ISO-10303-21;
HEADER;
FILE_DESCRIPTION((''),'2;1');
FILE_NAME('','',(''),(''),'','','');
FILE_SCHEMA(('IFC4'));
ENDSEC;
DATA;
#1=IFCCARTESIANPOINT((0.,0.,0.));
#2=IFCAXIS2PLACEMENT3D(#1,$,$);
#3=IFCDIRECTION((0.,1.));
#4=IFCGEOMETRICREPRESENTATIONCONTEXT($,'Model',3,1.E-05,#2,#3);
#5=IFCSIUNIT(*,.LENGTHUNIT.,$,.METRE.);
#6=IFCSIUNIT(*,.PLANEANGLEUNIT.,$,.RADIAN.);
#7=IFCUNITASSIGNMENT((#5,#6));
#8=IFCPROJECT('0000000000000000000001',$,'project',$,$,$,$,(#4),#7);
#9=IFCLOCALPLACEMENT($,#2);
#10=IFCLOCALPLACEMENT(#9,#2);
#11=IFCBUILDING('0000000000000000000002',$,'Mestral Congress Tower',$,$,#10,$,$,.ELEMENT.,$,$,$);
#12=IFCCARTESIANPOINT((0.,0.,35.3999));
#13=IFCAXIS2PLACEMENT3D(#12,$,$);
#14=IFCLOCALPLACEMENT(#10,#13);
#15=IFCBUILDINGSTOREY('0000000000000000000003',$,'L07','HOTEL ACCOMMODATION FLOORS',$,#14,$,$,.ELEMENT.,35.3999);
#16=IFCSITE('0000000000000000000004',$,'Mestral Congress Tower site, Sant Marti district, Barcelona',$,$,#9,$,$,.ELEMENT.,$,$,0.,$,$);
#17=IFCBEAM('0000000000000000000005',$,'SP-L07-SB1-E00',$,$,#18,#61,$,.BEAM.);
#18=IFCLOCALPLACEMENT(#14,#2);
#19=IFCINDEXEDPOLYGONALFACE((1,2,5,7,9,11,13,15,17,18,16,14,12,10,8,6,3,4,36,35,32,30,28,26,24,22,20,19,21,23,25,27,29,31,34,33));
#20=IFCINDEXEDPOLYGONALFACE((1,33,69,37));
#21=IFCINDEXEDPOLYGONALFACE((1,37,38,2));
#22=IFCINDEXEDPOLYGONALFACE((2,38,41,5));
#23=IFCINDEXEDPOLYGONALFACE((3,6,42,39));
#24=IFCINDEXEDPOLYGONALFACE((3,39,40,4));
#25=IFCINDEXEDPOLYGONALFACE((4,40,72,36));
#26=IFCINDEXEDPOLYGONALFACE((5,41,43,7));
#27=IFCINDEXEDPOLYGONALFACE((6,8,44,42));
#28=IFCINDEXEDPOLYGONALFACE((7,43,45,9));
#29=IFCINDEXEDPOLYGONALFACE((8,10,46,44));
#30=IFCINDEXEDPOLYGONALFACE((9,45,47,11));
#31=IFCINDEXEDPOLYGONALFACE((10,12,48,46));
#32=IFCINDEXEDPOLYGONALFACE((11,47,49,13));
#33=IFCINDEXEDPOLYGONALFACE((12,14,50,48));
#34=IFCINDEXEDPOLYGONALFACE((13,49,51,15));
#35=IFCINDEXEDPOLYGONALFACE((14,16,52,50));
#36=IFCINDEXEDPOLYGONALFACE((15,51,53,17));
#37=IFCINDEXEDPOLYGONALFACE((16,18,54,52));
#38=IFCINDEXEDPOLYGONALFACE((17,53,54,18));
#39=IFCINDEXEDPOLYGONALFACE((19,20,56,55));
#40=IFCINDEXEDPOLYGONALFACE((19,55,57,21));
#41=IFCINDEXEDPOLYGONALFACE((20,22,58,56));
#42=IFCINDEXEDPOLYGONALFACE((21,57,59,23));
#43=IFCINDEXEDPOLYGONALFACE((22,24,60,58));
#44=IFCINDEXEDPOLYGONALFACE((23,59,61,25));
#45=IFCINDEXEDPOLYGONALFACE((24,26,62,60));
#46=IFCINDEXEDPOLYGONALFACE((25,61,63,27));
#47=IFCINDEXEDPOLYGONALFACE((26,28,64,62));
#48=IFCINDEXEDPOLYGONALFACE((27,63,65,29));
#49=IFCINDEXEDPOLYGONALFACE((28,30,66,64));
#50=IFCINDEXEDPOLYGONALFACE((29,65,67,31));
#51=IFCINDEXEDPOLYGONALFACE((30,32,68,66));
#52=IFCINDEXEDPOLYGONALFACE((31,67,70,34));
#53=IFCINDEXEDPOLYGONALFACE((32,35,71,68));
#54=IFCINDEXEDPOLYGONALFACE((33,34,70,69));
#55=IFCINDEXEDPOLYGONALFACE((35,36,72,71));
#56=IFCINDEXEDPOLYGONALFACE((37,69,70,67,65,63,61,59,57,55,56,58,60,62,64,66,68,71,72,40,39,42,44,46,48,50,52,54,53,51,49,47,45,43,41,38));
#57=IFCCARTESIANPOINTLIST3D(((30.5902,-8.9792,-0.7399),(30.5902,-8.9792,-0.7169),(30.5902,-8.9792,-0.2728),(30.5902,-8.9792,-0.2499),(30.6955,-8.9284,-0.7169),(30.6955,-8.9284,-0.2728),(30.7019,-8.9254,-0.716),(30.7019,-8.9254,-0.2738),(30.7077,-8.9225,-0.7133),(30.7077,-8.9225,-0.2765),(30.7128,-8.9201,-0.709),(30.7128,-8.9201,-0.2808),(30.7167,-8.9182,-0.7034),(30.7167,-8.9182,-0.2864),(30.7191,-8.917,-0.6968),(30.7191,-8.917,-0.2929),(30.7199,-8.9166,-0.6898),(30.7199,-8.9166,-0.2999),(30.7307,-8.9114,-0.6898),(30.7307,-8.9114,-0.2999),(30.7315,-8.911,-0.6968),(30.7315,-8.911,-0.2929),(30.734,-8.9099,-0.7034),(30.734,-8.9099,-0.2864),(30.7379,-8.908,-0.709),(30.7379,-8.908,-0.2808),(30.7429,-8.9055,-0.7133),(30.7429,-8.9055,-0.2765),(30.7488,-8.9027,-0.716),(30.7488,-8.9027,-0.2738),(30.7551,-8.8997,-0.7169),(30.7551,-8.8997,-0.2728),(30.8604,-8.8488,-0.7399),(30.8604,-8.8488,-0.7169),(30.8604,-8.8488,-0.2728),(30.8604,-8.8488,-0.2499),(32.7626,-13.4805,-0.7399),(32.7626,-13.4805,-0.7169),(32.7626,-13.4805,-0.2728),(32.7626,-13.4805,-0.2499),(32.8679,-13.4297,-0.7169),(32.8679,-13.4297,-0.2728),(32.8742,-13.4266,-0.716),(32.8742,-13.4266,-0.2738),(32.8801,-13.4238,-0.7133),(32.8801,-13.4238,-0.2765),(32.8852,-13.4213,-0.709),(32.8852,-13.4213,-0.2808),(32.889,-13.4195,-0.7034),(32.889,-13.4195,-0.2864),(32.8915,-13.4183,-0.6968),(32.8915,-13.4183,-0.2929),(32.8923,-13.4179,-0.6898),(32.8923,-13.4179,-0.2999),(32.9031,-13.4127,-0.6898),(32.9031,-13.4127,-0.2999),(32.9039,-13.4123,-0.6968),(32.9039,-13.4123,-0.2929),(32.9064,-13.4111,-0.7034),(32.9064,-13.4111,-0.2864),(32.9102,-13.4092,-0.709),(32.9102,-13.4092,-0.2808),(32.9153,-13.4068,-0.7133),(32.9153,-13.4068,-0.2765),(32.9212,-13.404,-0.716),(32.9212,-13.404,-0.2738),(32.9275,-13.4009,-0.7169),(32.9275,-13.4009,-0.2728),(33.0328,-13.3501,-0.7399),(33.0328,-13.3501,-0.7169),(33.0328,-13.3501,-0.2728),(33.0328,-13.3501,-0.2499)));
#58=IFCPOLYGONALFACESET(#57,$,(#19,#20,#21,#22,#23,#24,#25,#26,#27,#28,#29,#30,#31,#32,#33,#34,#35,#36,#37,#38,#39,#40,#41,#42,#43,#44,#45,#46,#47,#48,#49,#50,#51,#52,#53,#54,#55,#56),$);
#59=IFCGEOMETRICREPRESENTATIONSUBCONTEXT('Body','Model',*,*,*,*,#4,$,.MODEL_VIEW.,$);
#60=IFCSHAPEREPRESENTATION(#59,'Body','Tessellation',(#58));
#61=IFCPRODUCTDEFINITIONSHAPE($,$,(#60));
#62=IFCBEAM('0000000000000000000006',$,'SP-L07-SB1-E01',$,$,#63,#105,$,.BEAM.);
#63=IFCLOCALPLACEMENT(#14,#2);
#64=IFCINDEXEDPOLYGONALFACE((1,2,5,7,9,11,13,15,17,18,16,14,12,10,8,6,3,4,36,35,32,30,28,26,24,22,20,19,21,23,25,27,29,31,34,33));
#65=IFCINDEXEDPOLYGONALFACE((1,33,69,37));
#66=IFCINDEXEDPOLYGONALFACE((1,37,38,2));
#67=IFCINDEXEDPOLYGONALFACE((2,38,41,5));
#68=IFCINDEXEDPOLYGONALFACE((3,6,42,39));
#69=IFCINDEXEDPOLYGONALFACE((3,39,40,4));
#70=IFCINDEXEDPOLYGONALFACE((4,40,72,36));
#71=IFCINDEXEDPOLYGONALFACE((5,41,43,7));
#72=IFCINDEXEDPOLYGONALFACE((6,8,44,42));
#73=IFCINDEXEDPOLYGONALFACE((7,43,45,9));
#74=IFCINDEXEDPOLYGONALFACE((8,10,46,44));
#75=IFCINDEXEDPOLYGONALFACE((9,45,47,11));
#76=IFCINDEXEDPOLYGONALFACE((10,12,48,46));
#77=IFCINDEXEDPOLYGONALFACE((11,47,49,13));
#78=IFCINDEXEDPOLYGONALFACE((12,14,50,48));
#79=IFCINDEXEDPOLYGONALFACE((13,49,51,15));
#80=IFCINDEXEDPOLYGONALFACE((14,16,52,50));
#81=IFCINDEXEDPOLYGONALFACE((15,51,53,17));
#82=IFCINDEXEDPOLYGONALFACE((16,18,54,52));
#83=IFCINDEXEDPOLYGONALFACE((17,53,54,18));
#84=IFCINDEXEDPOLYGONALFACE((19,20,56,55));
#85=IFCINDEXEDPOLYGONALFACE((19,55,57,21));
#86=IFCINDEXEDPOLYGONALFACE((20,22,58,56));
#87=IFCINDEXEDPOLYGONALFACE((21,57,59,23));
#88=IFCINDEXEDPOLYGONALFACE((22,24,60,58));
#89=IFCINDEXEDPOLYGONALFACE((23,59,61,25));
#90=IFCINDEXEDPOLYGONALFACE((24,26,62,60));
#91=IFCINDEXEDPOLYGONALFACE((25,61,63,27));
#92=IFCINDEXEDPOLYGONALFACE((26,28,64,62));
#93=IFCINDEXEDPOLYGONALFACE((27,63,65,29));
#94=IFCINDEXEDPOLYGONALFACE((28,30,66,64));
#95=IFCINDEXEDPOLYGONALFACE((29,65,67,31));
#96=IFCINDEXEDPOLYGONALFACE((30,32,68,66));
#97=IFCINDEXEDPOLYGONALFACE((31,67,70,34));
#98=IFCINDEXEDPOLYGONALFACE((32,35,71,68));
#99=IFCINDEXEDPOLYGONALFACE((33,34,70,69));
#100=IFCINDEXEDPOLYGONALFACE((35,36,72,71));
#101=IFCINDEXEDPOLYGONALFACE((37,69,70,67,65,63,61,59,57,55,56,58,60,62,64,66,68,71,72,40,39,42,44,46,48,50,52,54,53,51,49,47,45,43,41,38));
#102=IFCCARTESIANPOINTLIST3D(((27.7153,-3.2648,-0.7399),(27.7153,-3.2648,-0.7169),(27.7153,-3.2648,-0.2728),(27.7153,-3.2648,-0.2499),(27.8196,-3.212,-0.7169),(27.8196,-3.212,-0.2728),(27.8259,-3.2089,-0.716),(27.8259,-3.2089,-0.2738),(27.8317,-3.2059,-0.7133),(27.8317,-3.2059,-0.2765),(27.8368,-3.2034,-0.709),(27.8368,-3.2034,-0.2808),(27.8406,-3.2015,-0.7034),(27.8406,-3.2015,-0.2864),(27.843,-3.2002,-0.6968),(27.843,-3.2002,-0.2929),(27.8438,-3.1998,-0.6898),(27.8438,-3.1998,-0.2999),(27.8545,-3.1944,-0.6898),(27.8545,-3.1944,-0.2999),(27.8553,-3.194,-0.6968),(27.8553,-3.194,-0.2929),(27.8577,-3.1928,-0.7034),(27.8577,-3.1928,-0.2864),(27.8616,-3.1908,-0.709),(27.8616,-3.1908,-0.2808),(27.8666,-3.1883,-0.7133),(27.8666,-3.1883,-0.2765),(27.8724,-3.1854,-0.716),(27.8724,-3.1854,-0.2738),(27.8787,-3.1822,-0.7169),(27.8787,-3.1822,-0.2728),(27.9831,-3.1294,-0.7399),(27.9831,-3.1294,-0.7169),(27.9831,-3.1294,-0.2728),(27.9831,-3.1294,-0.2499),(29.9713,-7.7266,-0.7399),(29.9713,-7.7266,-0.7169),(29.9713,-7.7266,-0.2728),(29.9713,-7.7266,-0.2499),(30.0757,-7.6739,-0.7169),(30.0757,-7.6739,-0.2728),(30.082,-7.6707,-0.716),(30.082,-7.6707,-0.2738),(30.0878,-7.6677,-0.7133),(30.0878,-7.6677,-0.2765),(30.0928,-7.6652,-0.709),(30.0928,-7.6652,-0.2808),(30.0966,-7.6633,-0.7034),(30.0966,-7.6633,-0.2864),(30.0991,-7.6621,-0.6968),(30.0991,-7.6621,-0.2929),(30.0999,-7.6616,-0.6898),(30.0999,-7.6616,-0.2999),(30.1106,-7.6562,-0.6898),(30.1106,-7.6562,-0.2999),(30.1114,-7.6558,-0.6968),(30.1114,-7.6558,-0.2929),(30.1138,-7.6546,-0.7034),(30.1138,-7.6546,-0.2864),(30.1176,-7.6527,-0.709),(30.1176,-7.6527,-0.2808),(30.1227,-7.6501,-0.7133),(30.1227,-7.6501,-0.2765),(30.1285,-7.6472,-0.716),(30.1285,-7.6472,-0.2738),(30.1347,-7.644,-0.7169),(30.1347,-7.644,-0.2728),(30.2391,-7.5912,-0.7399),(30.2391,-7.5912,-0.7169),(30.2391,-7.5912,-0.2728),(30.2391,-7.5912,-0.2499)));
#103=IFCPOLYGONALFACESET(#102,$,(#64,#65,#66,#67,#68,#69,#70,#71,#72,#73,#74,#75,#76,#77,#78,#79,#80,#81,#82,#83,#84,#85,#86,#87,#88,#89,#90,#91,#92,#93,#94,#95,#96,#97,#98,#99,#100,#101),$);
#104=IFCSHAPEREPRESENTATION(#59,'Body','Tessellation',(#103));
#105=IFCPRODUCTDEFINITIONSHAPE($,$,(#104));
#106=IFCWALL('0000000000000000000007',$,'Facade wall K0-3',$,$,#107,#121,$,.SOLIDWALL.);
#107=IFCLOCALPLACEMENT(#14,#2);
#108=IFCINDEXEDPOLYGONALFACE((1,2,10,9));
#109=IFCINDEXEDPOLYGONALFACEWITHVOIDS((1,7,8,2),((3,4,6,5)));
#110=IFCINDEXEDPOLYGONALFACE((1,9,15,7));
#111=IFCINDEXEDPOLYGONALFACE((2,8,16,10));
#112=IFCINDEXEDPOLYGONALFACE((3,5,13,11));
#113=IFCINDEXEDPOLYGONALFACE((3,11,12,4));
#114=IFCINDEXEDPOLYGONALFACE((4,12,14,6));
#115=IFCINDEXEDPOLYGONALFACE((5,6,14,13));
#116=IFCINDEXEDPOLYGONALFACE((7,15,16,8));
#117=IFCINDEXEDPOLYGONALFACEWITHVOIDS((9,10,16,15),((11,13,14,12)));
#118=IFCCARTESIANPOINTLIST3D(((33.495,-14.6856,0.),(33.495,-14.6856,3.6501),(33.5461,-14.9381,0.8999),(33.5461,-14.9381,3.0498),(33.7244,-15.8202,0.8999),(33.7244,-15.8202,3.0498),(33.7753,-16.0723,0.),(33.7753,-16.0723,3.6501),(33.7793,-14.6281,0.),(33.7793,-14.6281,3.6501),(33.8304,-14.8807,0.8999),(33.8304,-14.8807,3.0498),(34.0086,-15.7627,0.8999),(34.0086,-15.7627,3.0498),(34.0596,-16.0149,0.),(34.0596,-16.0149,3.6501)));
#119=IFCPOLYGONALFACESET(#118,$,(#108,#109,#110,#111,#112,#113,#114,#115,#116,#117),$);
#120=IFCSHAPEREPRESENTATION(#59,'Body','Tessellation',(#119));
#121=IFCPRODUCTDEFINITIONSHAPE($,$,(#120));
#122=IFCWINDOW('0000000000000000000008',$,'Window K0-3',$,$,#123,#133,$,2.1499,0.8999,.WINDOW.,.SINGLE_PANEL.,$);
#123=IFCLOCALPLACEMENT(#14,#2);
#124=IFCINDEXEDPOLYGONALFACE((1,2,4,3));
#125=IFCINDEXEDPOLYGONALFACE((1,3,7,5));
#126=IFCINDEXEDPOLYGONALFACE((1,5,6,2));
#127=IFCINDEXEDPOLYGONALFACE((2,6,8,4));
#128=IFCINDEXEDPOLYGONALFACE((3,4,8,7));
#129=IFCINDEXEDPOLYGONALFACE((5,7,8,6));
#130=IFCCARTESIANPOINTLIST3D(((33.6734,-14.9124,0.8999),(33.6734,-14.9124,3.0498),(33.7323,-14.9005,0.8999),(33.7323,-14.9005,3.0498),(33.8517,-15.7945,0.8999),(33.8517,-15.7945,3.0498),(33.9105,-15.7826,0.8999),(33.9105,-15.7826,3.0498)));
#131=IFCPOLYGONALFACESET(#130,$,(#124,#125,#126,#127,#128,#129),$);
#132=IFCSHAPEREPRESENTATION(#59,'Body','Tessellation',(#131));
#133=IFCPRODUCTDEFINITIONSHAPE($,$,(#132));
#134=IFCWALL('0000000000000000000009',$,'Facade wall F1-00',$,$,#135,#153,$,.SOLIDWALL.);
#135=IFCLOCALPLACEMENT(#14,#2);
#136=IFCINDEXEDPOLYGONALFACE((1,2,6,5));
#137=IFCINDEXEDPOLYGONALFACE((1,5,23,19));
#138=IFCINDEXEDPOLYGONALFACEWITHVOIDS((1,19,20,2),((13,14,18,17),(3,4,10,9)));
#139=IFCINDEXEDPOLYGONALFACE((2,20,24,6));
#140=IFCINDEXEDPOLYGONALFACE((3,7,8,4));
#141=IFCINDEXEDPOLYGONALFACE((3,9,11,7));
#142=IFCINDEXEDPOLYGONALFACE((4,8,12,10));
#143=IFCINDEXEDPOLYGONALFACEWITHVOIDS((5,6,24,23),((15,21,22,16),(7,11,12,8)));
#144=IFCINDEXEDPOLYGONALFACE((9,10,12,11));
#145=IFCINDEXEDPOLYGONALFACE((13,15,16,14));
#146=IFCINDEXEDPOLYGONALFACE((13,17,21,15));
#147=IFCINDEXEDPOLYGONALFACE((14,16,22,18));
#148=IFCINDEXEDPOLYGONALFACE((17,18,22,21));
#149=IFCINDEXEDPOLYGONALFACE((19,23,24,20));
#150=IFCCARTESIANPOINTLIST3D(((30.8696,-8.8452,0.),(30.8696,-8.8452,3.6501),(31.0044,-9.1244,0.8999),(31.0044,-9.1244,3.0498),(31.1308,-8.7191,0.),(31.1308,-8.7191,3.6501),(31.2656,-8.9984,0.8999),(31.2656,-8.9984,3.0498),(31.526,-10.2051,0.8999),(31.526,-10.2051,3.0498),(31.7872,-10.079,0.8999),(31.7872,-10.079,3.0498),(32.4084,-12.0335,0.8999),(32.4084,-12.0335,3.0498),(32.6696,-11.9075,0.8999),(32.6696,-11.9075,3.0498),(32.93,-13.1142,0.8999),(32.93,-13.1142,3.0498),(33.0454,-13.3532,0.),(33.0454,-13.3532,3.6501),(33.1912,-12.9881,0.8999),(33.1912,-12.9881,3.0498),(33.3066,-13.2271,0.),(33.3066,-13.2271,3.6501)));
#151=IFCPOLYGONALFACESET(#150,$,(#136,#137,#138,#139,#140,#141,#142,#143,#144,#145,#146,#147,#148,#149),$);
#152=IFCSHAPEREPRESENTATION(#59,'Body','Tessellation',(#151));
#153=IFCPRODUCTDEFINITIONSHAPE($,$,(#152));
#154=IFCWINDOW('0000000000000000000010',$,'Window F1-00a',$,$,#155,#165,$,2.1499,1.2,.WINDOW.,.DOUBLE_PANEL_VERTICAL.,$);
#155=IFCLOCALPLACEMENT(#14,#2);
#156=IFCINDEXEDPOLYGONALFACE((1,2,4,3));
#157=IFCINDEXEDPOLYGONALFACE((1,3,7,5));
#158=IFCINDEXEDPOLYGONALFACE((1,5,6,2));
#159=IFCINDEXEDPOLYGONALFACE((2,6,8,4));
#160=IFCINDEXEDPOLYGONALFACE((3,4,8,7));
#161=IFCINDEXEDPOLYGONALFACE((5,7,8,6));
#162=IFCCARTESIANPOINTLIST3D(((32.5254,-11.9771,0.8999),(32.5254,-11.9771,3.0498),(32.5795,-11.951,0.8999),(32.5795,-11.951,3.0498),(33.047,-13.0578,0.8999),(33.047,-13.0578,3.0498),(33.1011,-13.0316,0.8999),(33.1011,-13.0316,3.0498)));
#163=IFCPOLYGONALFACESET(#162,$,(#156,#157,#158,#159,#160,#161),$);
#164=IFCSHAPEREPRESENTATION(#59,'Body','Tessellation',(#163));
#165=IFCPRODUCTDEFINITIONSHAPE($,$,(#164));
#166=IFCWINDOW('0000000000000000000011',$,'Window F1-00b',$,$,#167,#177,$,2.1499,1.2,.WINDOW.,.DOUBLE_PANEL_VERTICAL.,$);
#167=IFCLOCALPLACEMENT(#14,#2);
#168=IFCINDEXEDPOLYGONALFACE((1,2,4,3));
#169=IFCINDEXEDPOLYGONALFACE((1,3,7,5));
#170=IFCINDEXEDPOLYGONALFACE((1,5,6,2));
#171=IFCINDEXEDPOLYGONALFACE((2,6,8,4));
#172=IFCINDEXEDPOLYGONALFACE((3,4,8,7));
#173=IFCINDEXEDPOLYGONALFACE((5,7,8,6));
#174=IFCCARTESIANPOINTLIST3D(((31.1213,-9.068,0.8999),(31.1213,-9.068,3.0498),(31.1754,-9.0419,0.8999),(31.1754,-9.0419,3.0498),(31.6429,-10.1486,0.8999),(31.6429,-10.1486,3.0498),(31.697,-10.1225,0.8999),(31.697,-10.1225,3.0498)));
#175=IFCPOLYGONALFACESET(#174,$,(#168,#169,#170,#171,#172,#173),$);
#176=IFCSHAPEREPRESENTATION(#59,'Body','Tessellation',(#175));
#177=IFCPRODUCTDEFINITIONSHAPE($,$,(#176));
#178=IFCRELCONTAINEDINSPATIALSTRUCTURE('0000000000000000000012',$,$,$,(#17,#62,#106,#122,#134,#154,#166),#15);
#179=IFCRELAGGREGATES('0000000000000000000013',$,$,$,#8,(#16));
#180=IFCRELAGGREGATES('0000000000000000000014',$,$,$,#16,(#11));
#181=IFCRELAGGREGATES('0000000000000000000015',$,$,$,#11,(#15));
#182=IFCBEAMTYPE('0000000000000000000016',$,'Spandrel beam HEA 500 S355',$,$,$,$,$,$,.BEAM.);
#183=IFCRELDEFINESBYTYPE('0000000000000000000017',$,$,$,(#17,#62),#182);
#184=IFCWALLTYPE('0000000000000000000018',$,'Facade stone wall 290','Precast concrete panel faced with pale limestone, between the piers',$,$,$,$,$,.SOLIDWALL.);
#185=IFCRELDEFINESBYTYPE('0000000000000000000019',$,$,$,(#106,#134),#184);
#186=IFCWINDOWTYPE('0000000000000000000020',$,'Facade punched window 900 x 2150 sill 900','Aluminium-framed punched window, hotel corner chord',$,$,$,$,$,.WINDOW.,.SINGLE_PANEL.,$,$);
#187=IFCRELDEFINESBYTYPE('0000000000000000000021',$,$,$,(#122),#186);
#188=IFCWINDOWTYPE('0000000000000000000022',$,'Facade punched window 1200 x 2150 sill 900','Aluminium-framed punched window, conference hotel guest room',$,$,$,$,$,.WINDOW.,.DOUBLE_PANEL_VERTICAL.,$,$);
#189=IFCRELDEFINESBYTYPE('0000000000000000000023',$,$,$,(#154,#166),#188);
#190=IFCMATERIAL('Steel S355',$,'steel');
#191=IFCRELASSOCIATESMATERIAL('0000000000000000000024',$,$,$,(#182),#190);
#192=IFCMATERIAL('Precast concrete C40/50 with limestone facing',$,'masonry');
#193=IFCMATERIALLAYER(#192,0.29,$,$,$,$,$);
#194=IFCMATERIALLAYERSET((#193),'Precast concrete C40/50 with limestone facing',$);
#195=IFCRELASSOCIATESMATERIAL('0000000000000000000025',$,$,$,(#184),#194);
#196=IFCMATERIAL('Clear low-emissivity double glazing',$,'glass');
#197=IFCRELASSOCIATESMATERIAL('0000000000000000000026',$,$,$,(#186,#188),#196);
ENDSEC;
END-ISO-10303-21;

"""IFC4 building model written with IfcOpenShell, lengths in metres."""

from ifc_helpers import new_model, si_unit, direction, frame, frame_2d, origin, origin_2d, place, context, subcontext, project, spatial, rectangle, i_section, extrude, material, layer, layer_set, material_profile, profile_set, type_object, element, fill, save


model = new_model("IFC4")

# Units and contexts
model_context = context("Model", 3, precision=1e-05, world=origin(), true_north=direction((0.0, 1.0)))
body_context = subcontext(model_context, "Body", "Model", "MODEL_VIEW")
ifc_project = project(units=[si_unit("LENGTHUNIT", "METRE"), si_unit("PLANEANGLEUNIT", "RADIAN")], contexts=[model_context])

# Site, building, storey
site_placement = place(None, origin())
site = spatial("IfcSite", under=ifc_project, at=site_placement, Name="Mestral Congress Tower site, Sant Marti district, Barcelona", CompositionType="ELEMENT", RefElevation=0.0)
building_placement = place(site_placement, origin())
building = spatial("IfcBuilding", under=site, at=building_placement, Name="Mestral Congress Tower", CompositionType="ELEMENT")
storey_placement = place(building_placement, frame((0.0, 0.0, 35.3999)))
storey = spatial("IfcBuildingStorey", under=building, at=storey_placement, Name="L07", Description="HOTEL ACCOMMODATION FLOORS", CompositionType="ELEMENT", Elevation=35.3999)

# Beams
ifc_material_1 = material(Name="Steel S355", Category="steel")
ifc_material_profile_1 = material_profile(ifc_material_1, i_section(OverallWidth=0.3, OverallDepth=0.49, WebThickness=0.012, FlangeThickness=0.0229, FilletRadius=0.0271, at=origin_2d()), Name="HEA 500")
ifc_profile_set_1 = profile_set([ifc_material_profile_1], Name="Steel S355")
beam_type_1 = type_object("IfcBeamType", Name="Spandrel beam HEA 500 S355", PredefinedType="BEAM", material=ifc_profile_set_1)
beam_1_placement = place(storey_placement, frame((32.8977, -13.4153, -0.4949), z_axis=(-0.434645, 0.900602, 0.0), x_axis=(-0.900602, -0.434645, 0.0)))
element("IfcBeam", 1, at=beam_1_placement, inside=storey, type_object=beam_type_1, Name="SP-L07-SB1-E00", PredefinedType="BEAM", context=body_context, shape_type="SweptSolid", body=[
    extrude(i_section(OverallWidth=0.3, OverallDepth=0.49, WebThickness=0.012, FlangeThickness=0.0229, FilletRadius=0.0271, at=origin_2d()), origin(), (0.0, 0.0, 1.0), 4.998),
])
beam_2_placement = place(storey_placement, frame((30.1052, -7.6589, -0.4949), z_axis=(-0.451233, 0.892406, 0.0), x_axis=(-0.892406, -0.451233, 0.0)))
element("IfcBeam", 2, at=beam_2_placement, inside=storey, type_object=beam_type_1, Name="SP-L07-SB1-E01", PredefinedType="BEAM", context=body_context, shape_type="SweptSolid", body=[
    extrude(i_section(OverallWidth=0.3, OverallDepth=0.49, WebThickness=0.012, FlangeThickness=0.0229, FilletRadius=0.0271, at=origin_2d()), origin(), (0.0, 0.0, 1.0), 4.9998),
])

# Wall, opening, window
ifc_material_2 = material(Name="Precast concrete C40/50 with limestone facing", Category="masonry")
ifc_layer_1 = layer(ifc_material_2, 0.29)
ifc_layer_set_1 = layer_set([ifc_layer_1], Name="Precast concrete C40/50 with limestone facing")
wall_type_1 = type_object("IfcWallType", Name="Facade stone wall 290", Description="Precast concrete panel faced with pale limestone, between the piers", PredefinedType="SOLIDWALL", material=ifc_layer_set_1)
wall_1_placement = place(storey_placement, frame((33.9175, -16.0437, 0.0), z_axis=(0.0, 0.0, 1.0), x_axis=(-0.198107, 0.98018, 0.0)))
wall_1 = element("IfcWall", 3, at=wall_1_placement, inside=storey, type_object=wall_type_1, Name="Facade wall K0-3", PredefinedType="SOLIDWALL", context=body_context, shape_type="SweptSolid", body=[
    extrude(rectangle(XDim=1.4148, YDim=0.29, at=frame_2d((0.7075, 0.0))), origin(), (0.0, 0.0, 1.0), 3.6501),
])
opening_1_placement = place(wall_1_placement, frame((0.2573, 0.0, 0.8999)))
opening_1 = element("IfcOpeningElement", 4, at=opening_1_placement, cuts=wall_1, PredefinedType="OPENING", context=body_context, shape_type="SweptSolid", body=[
    extrude(rectangle(XDim=0.8999, YDim=2.1499, at=frame_2d((0.45, 1.075))), frame((0.0, 0.155, 0.0), z_axis=(0.0, -1.0, 0.0), x_axis=(1.0, 0.0, 0.0)), (0.0, 0.0, 1.0), 0.3101),
])
ifc_material_3 = material(Name="Clear low-emissivity double glazing", Category="glass")
window_type_1 = type_object("IfcWindowType", Name="Facade punched window 900 x 2150 sill 900", Description="Aluminium-framed punched window, hotel corner chord", PartitioningType="SINGLE_PANEL", PredefinedType="WINDOW", material=ifc_material_3)
window_1_placement = place(opening_1_placement, origin())
window_1 = element("IfcWindow", 5, at=window_1_placement, inside=storey, type_object=window_type_1, Name="Window K0-3", OverallHeight=2.1499, OverallWidth=0.8999, PartitioningType="SINGLE_PANEL", PredefinedType="WINDOW", context=body_context, shape_type="SweptSolid", body=[
    extrude(rectangle(XDim=0.8999, YDim=2.1499, at=frame_2d((0.45, 1.075))), frame((0.0, 0.0151, 0.0), z_axis=(0.0, -1.0, 0.0), x_axis=(1.0, 0.0, 0.0)), (0.0, 0.0, 1.0), 0.0601),
])
fill(opening_1, window_1)

# Wall, openings, windows
wall_2_placement = place(storey_placement, frame((33.176, -13.2903, 0.0), z_axis=(0.0, 0.0, 1.0), x_axis=(-0.434664, 0.900592, 0.0)))
wall_2 = element("IfcWall", 6, at=wall_2_placement, inside=storey, type_object=wall_type_1, Name="Facade wall F1-00", PredefinedType="SOLIDWALL", context=body_context, shape_type="SweptSolid", body=[
    extrude(rectangle(XDim=5.0056, YDim=0.29, at=frame_2d((2.5029, 0.0))), origin(), (0.0, 0.0, 1.0), 3.6501),
])
opening_2_placement = place(wall_2_placement, frame((0.2654, 0.0, 0.8999)))
opening_2 = element("IfcOpeningElement", 7, at=opening_2_placement, cuts=wall_2, PredefinedType="OPENING", context=body_context, shape_type="SweptSolid", body=[
    extrude(rectangle(XDim=1.2, YDim=2.1499, at=frame_2d((0.6001, 1.075))), frame((0.0, 0.155, 0.0), z_axis=(0.0, -1.0, 0.0), x_axis=(1.0, 0.0, 0.0)), (0.0, 0.0, 1.0), 0.3101),
])
opening_3_placement = place(wall_2_placement, frame((3.4956, 0.0, 0.8999)))
opening_3 = element("IfcOpeningElement", 8, at=opening_3_placement, cuts=wall_2, PredefinedType="OPENING", context=body_context, shape_type="SweptSolid", body=[
    extrude(rectangle(XDim=1.2, YDim=2.1499, at=frame_2d((0.6001, 1.075))), frame((0.0, 0.155, 0.0), z_axis=(0.0, -1.0, 0.0), x_axis=(1.0, 0.0, 0.0)), (0.0, 0.0, 1.0), 0.3101),
])
window_type_2 = type_object("IfcWindowType", Name="Facade punched window 1200 x 2150 sill 900", Description="Aluminium-framed punched window, conference hotel guest room", PartitioningType="DOUBLE_PANEL_VERTICAL", PredefinedType="WINDOW", material=ifc_material_3)
window_2_placement = place(opening_2_placement, origin())
window_2 = element("IfcWindow", 9, at=window_2_placement, inside=storey, type_object=window_type_2, Name="Window F1-00a", OverallHeight=2.1499, OverallWidth=1.2, PartitioningType="DOUBLE_PANEL_VERTICAL", PredefinedType="WINDOW", context=body_context, shape_type="SweptSolid", body=[
    extrude(rectangle(XDim=1.2, YDim=2.1499, at=frame_2d((0.6001, 1.075))), frame((0.0, 0.0151, 0.0), z_axis=(0.0, -1.0, 0.0), x_axis=(1.0, 0.0, 0.0)), (0.0, 0.0, 1.0), 0.0601),
])
fill(opening_2, window_2)
window_3_placement = place(opening_3_placement, origin())
window_3 = element("IfcWindow", 10, at=window_3_placement, inside=storey, type_object=window_type_2, Name="Window F1-00b", OverallHeight=2.1499, OverallWidth=1.2, PartitioningType="DOUBLE_PANEL_VERTICAL", PredefinedType="WINDOW", context=body_context, shape_type="SweptSolid", body=[
    extrude(rectangle(XDim=1.2, YDim=2.1499, at=frame_2d((0.6001, 1.075))), frame((0.0, 0.0151, 0.0), z_axis=(0.0, -1.0, 0.0), x_axis=(1.0, 0.0, 0.0)), (0.0, 0.0, 1.0), 0.0601),
])
fill(opening_3, window_3)

save(model, "model.ifc")
